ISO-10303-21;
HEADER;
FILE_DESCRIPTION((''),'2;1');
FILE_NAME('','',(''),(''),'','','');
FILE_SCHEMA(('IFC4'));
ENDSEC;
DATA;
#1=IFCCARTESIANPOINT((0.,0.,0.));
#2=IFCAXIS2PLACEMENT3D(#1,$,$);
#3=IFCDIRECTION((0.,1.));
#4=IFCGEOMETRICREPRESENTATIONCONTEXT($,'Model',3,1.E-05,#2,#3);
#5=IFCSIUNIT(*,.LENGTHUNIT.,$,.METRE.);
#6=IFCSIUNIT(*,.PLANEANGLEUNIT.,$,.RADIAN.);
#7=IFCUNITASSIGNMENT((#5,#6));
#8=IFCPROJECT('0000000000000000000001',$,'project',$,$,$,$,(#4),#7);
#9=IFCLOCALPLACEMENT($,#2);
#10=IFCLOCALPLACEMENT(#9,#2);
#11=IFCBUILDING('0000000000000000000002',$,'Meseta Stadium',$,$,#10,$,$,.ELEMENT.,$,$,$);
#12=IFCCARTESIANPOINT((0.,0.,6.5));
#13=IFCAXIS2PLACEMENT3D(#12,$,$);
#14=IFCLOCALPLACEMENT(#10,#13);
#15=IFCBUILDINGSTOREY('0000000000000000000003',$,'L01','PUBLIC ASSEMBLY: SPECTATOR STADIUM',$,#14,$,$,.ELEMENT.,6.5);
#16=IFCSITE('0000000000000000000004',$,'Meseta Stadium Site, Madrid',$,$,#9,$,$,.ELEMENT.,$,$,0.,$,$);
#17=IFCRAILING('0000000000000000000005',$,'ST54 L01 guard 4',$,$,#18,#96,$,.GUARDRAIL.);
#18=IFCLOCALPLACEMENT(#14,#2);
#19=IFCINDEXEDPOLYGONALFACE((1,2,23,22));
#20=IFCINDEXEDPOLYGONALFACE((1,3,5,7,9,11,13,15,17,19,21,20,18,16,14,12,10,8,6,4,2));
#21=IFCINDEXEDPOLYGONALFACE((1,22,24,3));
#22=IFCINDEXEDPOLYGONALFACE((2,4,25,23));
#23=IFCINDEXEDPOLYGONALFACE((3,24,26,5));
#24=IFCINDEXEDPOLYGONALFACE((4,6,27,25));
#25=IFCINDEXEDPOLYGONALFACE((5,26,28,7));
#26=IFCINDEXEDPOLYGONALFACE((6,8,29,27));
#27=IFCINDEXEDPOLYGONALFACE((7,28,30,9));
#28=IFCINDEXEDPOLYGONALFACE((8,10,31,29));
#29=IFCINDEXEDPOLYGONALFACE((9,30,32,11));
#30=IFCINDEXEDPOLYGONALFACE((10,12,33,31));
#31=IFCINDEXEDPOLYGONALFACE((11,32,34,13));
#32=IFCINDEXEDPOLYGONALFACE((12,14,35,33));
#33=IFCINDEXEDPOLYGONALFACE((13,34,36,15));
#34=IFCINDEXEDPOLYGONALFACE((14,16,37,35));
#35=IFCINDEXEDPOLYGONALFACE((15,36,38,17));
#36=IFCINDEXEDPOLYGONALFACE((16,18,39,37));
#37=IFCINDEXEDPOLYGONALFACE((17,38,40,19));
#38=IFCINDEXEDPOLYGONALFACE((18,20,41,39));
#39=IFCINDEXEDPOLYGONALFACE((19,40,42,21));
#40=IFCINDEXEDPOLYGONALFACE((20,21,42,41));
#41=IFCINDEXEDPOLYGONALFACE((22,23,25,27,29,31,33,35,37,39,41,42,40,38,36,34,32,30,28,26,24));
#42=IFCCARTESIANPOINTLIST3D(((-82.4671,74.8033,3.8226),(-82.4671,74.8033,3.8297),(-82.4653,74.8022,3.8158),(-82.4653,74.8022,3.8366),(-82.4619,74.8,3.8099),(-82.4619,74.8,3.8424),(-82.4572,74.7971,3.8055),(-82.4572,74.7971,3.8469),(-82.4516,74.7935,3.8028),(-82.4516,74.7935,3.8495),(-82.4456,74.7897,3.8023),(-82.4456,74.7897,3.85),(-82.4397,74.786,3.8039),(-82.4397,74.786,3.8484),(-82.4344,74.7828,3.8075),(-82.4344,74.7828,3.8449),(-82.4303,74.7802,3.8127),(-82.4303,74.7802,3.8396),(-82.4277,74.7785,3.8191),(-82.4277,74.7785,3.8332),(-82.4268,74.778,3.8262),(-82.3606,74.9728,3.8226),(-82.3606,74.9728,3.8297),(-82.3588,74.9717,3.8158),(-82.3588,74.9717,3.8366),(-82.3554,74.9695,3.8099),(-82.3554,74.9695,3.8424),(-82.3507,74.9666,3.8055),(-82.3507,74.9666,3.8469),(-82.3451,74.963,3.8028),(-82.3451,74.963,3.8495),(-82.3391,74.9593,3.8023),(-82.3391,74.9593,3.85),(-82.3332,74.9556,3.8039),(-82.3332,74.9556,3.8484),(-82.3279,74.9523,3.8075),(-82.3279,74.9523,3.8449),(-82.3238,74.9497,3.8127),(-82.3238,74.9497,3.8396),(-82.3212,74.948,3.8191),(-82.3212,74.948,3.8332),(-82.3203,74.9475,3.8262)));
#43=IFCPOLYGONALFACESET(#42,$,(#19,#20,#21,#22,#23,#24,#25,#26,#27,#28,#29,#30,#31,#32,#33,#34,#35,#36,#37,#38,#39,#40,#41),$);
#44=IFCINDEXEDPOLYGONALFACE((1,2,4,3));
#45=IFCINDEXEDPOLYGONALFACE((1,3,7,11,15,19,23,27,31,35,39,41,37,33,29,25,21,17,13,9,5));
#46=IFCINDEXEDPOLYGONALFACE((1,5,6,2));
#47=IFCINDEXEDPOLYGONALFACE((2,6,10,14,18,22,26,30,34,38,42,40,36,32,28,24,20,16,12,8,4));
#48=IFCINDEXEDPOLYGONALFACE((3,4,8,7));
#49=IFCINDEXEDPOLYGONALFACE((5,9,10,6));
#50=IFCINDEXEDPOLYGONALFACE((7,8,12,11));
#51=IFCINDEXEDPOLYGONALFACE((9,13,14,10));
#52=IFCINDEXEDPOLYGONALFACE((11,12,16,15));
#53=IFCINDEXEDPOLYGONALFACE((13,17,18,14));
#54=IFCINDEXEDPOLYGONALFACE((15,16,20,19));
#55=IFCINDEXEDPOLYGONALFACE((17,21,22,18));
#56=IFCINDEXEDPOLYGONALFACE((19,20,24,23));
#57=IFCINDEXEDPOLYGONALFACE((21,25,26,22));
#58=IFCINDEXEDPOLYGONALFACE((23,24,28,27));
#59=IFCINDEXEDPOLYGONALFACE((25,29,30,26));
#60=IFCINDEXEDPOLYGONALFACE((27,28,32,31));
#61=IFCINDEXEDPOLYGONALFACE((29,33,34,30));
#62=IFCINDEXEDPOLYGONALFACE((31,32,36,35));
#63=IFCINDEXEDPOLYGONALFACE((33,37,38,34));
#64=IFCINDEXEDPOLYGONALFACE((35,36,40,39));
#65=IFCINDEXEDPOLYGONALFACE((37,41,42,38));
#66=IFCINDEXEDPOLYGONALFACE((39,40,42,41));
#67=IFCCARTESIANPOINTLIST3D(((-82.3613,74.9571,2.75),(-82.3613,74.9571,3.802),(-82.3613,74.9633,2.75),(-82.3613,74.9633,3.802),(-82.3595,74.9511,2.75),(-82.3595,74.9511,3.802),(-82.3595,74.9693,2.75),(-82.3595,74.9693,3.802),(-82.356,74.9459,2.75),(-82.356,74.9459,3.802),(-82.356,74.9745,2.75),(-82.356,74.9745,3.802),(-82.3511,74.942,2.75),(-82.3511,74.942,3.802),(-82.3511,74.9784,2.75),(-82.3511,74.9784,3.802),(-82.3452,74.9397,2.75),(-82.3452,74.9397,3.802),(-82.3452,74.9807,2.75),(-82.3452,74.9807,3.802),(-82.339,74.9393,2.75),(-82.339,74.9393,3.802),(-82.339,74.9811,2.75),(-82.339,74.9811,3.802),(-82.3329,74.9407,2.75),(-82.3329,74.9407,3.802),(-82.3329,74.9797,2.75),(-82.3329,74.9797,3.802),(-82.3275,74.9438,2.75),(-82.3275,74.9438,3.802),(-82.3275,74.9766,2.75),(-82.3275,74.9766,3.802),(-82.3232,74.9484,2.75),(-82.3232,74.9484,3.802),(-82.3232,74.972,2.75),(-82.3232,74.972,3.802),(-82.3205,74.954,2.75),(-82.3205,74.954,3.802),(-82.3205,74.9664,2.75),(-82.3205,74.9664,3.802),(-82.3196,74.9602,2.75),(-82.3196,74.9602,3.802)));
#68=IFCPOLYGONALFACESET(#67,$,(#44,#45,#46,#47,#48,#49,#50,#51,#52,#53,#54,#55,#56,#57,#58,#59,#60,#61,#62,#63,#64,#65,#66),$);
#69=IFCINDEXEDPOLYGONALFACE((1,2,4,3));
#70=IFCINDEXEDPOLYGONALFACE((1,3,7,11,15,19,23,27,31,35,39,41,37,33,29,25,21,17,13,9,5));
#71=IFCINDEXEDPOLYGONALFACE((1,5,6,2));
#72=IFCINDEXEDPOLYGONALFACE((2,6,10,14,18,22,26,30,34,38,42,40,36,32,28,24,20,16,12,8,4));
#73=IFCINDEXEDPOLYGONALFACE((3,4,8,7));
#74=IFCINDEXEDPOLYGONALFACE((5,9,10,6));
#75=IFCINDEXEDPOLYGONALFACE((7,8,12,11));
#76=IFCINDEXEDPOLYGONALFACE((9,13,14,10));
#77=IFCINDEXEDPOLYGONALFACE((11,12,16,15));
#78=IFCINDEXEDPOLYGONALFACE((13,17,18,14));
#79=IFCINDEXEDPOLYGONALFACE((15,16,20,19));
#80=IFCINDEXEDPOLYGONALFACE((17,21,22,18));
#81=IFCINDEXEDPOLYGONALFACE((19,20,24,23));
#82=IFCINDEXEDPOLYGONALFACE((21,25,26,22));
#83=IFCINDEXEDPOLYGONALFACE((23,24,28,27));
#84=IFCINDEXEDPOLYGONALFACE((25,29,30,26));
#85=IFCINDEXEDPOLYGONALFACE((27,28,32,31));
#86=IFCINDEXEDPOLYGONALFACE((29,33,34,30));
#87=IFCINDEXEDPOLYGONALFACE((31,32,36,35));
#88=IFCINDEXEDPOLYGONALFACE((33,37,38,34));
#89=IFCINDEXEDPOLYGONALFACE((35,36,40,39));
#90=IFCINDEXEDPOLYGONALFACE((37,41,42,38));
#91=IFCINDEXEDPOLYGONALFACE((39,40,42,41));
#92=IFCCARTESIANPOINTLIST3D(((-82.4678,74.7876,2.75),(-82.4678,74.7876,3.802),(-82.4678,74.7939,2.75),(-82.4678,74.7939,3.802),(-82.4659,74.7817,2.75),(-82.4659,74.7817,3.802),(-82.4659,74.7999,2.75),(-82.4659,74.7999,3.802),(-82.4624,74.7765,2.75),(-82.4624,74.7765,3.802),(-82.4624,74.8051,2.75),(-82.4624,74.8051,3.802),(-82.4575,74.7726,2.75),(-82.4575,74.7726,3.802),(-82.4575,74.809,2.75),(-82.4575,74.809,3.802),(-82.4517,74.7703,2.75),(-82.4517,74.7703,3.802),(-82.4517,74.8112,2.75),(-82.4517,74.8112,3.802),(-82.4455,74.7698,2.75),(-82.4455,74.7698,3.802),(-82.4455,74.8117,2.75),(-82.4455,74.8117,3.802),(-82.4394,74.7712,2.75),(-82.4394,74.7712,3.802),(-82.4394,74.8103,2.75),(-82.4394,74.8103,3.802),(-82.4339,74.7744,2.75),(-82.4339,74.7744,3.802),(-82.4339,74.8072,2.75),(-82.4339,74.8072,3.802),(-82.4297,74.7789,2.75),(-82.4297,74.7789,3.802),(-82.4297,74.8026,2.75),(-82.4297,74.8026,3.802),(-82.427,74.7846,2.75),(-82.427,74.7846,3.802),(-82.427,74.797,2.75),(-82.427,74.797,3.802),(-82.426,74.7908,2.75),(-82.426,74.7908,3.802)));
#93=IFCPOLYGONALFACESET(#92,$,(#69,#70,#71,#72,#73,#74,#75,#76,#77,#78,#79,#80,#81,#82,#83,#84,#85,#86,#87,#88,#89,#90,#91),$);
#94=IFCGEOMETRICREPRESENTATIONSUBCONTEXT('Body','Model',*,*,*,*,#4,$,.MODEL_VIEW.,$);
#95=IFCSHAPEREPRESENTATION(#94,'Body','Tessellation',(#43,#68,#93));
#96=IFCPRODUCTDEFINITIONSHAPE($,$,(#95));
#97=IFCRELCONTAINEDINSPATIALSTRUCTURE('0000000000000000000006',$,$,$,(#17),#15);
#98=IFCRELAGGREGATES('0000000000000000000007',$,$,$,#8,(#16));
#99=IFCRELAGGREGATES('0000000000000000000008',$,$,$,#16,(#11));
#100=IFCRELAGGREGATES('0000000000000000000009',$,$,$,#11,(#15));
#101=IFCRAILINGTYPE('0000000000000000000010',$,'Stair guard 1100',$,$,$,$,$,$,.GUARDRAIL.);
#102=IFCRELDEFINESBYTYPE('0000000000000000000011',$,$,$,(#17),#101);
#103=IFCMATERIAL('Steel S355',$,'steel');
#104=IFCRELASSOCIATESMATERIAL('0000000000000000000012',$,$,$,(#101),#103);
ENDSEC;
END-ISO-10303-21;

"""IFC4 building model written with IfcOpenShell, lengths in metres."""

from ifc_helpers import new_model, si_unit, direction, frame, origin, origin_2d, place, context, subcontext, project, spatial, circle, extrude, material, type_object, element, save


model = new_model("IFC4")

# Units and contexts
model_context = context("Model", 3, precision=1e-05, world=origin(), true_north=direction((0.0, 1.0)))
body_context = subcontext(model_context, "Body", "Model", "MODEL_VIEW")
ifc_project = project(units=[si_unit("LENGTHUNIT", "METRE"), si_unit("PLANEANGLEUNIT", "RADIAN")], contexts=[model_context])

# Site, building, storey
site_placement = place(None, origin())
site = spatial("IfcSite", under=ifc_project, at=site_placement, Name="Meseta Stadium Site, Madrid", CompositionType="ELEMENT", RefElevation=0.0)
building_placement = place(site_placement, origin())
building = spatial("IfcBuilding", under=site, at=building_placement, Name="Meseta Stadium", CompositionType="ELEMENT")
storey_placement = place(building_placement, frame((0.0, 0.0, 6.5)))
storey = spatial("IfcBuildingStorey", under=building, at=storey_placement, Name="L01", Description="PUBLIC ASSEMBLY: SPECTATOR STADIUM", CompositionType="ELEMENT", Elevation=6.5)

# Railing
ifc_material_1 = material(Name="Steel S355", Category="steel")
railing_type_1 = type_object("IfcRailingType", Name="Stair guard 1100", PredefinedType="GUARDRAIL", material=ifc_material_1)
railing_1_placement = place(storey_placement, frame((-82.3406, 74.9602, 2.75)))
element("IfcRailing", 1, at=railing_1_placement, inside=storey, type_object=railing_type_1, Name="ST54 L01 guard 4", PredefinedType="GUARDRAIL", context=body_context, shape_type="SweptSolid", body=[
    extrude(circle(Radius=0.0239, at=origin_2d()), frame((0.0, 0.0, 1.0762), z_axis=(-0.531972, -0.846762, 0.0), x_axis=(0.846762, -0.531972, 0.0)), (0.0, 0.0, 1.0), 0.2002),
    extrude(circle(Radius=0.021, at=origin_2d()), origin(), (0.0, 0.0, 1.0), 1.052),
    extrude(circle(Radius=0.021, at=origin_2d()), frame((-0.1064, -0.1694, 0.0)), (0.0, 0.0, 1.0), 1.052),
])

save(model, "model.ifc")
